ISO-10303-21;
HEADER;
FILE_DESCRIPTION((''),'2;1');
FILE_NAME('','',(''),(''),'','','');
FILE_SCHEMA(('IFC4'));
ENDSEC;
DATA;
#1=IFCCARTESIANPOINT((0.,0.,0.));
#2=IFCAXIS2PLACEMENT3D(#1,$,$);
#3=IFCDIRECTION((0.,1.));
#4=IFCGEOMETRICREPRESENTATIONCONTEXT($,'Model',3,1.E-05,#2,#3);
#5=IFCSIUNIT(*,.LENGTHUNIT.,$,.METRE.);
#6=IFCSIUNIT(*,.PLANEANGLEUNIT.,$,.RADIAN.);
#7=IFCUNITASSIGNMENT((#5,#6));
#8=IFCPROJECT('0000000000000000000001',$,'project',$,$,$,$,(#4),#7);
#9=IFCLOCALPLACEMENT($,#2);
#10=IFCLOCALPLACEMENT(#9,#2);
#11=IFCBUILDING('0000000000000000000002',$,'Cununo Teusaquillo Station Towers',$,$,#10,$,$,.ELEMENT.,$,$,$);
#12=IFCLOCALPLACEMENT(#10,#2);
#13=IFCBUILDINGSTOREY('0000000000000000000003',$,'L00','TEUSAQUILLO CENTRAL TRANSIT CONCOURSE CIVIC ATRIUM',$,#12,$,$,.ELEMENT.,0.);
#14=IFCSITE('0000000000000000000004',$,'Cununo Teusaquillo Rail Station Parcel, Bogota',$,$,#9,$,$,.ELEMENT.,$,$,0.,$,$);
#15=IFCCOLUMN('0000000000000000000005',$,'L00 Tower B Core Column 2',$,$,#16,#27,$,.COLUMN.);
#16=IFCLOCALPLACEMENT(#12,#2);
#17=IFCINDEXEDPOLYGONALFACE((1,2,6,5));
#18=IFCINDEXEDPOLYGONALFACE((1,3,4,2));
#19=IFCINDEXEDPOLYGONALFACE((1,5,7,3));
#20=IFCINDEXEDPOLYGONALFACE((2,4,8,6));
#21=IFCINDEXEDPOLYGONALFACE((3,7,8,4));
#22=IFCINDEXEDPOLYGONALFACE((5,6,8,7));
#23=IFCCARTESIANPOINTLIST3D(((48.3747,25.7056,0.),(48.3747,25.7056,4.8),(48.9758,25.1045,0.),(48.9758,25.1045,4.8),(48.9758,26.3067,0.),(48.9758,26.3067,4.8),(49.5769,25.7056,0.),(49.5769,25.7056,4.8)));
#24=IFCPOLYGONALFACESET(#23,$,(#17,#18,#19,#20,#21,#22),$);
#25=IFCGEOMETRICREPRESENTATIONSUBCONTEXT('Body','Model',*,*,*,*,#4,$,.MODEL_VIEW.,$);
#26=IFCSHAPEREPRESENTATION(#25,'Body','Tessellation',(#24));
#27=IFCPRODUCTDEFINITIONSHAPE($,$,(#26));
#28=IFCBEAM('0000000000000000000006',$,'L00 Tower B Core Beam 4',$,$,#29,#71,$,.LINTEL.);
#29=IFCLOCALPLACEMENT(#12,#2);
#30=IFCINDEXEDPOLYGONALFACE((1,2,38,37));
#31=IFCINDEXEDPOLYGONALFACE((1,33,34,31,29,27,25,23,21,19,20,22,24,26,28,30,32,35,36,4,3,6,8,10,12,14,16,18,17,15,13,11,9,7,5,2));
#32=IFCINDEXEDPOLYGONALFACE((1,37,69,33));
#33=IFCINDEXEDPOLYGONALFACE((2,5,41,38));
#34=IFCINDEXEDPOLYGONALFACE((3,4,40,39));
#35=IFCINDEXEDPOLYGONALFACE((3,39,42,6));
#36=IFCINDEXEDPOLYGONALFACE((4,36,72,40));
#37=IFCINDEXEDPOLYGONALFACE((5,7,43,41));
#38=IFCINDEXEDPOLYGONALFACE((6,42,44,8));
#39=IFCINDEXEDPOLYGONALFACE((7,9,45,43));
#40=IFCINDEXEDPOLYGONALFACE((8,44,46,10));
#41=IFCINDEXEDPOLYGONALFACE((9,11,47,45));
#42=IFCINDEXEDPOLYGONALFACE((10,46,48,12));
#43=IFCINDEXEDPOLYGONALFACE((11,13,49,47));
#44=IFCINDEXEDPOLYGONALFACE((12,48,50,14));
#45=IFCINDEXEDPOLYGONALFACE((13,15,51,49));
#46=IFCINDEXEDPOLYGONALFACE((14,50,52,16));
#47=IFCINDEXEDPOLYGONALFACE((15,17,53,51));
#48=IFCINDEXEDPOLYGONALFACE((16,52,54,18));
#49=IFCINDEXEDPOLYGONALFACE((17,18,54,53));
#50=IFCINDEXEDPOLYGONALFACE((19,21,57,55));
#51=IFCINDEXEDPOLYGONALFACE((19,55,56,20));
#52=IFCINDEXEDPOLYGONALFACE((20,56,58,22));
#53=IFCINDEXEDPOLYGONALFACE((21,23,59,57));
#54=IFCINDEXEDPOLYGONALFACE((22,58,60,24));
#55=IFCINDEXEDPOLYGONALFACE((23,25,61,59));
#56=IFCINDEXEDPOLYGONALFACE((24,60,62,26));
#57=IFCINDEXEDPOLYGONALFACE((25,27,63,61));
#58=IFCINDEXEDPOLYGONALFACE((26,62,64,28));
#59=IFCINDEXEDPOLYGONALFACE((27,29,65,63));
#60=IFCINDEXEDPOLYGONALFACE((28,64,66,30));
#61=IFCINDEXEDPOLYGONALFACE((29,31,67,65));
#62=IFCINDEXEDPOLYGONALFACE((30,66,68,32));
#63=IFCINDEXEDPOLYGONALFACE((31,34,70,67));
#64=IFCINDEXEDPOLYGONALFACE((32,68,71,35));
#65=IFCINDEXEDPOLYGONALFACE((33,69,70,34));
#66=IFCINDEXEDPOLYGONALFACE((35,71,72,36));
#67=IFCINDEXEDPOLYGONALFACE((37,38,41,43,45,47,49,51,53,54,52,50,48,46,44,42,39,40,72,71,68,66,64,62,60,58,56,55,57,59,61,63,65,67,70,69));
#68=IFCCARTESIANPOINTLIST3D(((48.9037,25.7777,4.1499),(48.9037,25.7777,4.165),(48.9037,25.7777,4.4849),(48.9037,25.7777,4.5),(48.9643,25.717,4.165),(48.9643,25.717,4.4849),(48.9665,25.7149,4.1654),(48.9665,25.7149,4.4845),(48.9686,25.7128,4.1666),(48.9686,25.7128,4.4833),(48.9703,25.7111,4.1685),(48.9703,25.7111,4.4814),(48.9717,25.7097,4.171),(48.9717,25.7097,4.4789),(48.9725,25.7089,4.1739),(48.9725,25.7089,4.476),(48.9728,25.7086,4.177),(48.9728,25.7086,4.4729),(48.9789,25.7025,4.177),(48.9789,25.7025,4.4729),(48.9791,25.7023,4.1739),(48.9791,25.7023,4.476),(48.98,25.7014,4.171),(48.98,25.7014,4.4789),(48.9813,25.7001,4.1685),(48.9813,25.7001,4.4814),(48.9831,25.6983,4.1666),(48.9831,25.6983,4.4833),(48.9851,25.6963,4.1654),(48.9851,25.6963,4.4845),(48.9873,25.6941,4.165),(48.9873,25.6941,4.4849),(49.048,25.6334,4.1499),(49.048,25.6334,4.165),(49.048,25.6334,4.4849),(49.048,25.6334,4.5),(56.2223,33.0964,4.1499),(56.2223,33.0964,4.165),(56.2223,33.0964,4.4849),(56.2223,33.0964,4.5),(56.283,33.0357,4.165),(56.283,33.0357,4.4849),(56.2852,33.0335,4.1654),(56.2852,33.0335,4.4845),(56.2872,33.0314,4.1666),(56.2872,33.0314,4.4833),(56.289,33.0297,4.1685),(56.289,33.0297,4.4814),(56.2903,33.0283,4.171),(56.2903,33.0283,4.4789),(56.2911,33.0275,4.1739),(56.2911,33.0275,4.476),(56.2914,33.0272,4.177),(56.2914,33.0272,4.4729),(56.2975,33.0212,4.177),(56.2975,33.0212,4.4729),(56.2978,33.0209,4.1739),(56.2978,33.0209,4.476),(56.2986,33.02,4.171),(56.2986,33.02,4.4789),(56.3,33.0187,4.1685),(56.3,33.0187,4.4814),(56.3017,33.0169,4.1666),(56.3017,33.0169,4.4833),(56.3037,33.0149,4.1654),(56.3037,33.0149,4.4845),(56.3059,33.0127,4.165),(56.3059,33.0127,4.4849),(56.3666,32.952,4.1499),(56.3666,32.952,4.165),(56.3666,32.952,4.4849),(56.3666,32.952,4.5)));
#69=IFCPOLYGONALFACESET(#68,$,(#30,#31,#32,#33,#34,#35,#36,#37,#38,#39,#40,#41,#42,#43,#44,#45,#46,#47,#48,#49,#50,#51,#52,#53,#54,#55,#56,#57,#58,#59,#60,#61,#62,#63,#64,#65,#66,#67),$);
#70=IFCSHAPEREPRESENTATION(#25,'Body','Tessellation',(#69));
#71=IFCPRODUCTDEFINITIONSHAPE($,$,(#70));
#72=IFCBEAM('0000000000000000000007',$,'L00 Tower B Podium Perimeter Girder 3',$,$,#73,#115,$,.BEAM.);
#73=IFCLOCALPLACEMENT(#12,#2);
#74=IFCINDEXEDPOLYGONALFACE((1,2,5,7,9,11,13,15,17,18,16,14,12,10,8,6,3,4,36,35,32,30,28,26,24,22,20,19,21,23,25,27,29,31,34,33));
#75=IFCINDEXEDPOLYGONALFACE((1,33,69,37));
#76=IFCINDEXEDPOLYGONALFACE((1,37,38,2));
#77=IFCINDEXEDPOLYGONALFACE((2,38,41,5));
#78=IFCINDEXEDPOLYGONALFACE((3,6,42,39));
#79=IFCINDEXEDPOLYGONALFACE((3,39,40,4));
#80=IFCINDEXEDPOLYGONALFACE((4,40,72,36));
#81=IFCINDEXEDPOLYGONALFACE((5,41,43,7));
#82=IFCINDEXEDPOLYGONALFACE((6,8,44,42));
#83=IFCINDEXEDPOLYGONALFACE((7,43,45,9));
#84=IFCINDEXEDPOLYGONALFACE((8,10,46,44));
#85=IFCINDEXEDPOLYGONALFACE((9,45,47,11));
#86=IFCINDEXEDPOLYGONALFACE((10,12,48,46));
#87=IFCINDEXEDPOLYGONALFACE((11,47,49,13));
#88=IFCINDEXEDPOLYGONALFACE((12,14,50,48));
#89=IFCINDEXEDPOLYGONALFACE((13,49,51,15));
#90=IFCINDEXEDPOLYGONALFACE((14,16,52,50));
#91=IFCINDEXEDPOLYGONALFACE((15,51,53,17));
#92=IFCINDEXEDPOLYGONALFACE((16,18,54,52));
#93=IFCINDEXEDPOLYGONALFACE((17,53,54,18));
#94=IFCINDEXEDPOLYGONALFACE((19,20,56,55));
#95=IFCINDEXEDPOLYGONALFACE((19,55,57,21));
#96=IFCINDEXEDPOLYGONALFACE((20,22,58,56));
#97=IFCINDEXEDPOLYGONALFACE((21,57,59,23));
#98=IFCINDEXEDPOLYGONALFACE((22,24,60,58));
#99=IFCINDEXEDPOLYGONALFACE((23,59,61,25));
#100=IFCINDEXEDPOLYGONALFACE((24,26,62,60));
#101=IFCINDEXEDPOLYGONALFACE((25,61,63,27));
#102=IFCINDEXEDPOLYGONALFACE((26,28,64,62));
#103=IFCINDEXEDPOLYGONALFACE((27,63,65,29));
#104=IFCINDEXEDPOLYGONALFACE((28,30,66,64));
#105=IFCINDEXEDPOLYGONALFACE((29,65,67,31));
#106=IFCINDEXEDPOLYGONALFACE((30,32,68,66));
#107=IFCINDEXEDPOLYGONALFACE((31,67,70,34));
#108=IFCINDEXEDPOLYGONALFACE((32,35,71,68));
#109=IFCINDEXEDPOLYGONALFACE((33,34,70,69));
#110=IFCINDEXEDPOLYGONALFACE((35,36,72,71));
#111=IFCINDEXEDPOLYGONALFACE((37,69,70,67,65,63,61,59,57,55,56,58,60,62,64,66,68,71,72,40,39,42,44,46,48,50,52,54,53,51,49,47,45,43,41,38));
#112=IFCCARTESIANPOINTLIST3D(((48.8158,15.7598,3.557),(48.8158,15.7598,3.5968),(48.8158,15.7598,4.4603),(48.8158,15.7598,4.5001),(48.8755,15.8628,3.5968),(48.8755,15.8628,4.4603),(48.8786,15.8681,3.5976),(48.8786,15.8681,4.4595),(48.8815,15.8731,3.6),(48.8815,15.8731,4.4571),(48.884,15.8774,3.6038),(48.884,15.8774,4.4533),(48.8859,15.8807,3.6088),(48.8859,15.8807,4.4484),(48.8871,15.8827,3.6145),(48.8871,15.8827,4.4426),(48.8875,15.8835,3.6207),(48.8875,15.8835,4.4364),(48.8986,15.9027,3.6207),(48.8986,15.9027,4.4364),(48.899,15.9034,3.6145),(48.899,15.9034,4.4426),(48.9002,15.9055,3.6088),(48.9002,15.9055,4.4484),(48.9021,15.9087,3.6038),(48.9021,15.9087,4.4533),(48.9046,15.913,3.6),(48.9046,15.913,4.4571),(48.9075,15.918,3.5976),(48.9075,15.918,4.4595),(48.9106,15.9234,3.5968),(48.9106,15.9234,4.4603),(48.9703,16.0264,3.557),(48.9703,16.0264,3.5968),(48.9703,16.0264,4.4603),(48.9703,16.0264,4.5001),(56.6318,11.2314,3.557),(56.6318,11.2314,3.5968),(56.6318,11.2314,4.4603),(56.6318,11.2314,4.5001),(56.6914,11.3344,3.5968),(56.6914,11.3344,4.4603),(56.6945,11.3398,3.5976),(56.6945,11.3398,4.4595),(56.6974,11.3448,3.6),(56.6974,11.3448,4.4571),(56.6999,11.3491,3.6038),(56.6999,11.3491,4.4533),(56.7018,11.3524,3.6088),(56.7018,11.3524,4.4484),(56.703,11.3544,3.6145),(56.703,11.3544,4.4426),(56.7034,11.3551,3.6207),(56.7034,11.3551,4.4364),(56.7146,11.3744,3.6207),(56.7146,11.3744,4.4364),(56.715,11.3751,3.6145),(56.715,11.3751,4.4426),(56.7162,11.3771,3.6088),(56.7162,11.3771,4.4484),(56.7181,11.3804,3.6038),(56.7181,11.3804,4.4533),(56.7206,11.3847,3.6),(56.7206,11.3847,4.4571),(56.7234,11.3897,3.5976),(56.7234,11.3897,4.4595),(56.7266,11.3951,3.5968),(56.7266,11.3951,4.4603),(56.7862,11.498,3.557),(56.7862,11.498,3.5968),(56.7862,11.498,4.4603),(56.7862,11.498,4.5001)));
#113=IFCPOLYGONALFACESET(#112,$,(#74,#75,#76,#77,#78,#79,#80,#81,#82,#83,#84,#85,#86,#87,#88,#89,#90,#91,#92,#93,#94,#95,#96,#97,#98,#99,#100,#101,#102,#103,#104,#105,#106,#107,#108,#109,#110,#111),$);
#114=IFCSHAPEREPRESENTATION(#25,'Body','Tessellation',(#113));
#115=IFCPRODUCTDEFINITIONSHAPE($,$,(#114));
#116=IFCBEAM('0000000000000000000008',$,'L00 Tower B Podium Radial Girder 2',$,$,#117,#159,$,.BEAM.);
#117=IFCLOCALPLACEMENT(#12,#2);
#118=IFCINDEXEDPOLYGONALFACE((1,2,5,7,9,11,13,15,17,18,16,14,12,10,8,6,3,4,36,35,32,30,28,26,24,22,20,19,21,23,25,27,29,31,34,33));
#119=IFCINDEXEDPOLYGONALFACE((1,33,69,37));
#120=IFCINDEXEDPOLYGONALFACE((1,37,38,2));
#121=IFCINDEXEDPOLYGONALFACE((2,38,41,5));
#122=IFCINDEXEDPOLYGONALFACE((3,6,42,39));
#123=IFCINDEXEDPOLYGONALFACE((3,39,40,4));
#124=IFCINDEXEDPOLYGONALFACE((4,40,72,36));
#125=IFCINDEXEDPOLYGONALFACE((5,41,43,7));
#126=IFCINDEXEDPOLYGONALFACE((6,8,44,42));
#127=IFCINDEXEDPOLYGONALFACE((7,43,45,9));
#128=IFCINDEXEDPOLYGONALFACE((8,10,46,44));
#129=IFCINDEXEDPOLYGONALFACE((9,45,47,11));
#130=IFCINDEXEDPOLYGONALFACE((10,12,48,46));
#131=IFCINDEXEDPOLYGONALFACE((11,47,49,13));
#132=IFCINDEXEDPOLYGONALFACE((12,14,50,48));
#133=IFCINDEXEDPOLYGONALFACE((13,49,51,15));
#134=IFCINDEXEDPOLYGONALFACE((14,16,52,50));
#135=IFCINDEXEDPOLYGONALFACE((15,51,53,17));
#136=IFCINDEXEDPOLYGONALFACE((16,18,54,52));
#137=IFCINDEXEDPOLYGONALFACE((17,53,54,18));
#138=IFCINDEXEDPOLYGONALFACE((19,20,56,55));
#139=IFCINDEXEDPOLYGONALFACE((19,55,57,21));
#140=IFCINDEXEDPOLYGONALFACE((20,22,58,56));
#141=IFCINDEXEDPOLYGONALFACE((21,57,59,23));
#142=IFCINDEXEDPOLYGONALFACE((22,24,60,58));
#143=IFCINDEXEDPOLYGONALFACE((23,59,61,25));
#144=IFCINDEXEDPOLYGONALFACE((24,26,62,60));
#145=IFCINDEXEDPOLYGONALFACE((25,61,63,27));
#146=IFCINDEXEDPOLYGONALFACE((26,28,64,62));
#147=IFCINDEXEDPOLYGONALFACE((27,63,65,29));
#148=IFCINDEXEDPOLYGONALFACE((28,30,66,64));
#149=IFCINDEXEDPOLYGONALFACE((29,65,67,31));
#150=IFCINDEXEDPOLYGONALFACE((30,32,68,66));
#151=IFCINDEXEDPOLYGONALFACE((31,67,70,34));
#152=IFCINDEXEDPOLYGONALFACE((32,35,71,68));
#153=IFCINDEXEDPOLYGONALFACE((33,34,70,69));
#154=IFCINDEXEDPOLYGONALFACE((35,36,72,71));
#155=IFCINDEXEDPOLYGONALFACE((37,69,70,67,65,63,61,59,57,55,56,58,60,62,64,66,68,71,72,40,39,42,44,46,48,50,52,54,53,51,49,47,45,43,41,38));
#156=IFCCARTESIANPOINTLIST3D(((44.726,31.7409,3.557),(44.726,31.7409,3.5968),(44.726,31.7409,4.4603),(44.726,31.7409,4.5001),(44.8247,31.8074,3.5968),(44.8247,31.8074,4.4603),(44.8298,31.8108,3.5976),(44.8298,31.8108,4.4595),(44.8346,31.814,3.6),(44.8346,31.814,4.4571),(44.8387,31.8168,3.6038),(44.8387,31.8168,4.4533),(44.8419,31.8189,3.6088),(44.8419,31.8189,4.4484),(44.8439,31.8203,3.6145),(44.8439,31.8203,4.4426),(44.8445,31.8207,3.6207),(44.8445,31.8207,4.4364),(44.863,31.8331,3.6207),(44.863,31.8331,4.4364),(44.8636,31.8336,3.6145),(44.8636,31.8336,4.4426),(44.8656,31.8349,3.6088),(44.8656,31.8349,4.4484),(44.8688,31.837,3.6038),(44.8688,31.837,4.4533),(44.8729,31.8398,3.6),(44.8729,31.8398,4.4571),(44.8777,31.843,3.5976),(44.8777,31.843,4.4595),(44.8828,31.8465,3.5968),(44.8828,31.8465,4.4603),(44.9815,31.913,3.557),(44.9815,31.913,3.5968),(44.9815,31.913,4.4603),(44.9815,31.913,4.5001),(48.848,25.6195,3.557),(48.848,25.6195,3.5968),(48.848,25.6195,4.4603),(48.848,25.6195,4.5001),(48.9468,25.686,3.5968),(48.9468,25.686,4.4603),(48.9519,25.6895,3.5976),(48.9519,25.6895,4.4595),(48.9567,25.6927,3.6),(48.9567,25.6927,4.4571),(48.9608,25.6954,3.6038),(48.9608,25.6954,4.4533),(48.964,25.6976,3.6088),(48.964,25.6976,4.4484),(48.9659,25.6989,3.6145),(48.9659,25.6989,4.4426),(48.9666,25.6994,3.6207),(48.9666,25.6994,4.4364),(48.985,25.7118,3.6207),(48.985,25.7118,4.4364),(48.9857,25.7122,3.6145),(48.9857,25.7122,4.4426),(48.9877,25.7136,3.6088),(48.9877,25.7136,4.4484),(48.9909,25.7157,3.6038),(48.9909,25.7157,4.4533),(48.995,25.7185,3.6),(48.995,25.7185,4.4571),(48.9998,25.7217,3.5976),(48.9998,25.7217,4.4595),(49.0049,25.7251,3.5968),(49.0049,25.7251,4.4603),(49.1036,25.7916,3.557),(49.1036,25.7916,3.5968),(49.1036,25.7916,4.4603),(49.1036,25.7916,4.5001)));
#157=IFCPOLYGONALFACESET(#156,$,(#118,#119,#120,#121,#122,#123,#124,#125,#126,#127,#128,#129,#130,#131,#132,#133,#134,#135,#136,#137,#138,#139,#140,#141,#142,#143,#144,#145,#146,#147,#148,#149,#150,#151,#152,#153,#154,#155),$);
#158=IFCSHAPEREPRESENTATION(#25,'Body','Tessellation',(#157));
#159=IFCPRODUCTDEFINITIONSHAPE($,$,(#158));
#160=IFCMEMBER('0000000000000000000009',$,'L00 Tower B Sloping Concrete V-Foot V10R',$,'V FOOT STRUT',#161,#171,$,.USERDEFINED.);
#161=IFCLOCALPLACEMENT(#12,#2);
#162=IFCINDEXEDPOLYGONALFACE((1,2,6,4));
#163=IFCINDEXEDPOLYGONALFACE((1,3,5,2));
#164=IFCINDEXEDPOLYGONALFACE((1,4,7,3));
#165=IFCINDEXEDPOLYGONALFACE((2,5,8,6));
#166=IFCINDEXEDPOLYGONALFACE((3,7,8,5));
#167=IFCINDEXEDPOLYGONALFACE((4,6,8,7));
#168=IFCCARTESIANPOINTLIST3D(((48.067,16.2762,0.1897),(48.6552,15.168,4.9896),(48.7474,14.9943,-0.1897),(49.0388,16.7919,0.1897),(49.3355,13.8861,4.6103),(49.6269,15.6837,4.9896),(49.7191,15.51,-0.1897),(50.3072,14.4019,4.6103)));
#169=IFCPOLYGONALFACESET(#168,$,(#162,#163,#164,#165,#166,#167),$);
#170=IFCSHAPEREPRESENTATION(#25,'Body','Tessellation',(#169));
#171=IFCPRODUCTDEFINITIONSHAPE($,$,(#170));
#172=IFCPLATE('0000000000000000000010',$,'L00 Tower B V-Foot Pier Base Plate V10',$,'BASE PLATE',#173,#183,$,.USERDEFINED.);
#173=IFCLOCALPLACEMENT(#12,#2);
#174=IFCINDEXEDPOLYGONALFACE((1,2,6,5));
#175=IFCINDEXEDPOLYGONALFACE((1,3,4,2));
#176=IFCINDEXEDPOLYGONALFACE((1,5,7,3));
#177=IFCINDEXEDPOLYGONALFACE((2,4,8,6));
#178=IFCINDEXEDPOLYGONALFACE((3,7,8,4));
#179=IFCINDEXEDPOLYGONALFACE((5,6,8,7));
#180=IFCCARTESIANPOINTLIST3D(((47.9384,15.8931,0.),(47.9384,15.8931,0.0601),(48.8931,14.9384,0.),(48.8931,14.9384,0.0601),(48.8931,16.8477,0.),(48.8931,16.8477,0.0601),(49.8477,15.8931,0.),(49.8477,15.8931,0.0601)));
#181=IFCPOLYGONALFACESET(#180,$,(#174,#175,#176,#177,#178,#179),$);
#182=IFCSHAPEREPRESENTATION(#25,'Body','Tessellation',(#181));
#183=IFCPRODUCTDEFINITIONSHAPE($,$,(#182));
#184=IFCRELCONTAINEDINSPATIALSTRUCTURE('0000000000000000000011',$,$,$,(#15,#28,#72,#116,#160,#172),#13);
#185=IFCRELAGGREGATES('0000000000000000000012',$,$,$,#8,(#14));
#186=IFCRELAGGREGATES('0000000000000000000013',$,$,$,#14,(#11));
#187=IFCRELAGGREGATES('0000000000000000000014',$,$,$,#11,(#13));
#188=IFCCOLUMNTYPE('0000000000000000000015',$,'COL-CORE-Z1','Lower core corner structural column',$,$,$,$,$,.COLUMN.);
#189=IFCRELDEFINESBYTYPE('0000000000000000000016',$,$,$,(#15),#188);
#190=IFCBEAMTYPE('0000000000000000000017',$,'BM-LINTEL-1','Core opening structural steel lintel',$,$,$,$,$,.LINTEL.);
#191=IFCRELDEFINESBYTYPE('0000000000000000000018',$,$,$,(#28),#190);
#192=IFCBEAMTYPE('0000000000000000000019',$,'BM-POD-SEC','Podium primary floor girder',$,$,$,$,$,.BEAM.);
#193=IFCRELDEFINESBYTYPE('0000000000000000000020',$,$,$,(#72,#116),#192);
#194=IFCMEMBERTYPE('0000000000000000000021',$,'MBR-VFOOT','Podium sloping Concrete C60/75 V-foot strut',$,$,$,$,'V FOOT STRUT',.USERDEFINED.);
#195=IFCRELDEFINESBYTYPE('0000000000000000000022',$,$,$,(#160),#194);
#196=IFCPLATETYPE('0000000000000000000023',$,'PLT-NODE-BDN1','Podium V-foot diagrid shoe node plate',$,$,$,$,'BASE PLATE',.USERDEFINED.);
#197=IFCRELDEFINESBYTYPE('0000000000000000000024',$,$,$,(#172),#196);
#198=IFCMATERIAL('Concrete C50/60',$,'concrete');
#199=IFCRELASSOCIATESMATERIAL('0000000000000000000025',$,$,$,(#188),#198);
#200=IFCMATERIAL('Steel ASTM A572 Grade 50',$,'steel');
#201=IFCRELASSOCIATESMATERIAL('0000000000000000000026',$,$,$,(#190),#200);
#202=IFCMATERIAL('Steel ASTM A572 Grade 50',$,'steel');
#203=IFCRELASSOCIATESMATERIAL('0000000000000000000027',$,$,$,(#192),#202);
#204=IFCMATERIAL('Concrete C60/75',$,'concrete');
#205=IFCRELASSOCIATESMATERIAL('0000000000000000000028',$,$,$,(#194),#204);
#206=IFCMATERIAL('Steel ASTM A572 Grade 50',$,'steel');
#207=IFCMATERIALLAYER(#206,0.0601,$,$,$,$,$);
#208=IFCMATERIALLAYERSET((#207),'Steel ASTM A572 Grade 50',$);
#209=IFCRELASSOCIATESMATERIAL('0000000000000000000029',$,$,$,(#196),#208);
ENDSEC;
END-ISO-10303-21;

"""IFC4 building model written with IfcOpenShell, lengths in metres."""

from ifc_helpers import new_model, si_unit, direction, frame, origin, origin_2d, place, context, subcontext, project, spatial, rectangle, i_section, extrude, source, transform, mapped, material, layer, layer_set, material_profile, profile_set, type_object, element, save


model = new_model("IFC4")

# Units and contexts
model_context = context("Model", 3, precision=1e-05, world=origin(), true_north=direction((0.0, 1.0)))
body_context = subcontext(model_context, "Body", "Model", "MODEL_VIEW")
ifc_project = project(units=[si_unit("LENGTHUNIT", "METRE"), si_unit("PLANEANGLEUNIT", "RADIAN")], contexts=[model_context])

# Site, building, storey
site_placement = place(None, origin())
site = spatial("IfcSite", under=ifc_project, at=site_placement, Name="Cununo Teusaquillo Rail Station Parcel, Bogota", CompositionType="ELEMENT", RefElevation=0.0)
building_placement = place(site_placement, origin())
building = spatial("IfcBuilding", under=site, at=building_placement, Name="Cununo Teusaquillo Station Towers", CompositionType="ELEMENT")
storey_placement = place(building_placement, origin())
storey = spatial("IfcBuildingStorey", under=building, at=storey_placement, Name="L00", Description="TEUSAQUILLO CENTRAL TRANSIT CONCOURSE CIVIC ATRIUM", CompositionType="ELEMENT", Elevation=0.0)

# Column
ifc_material_1 = material(Name="Concrete C50/60", Category="concrete")
ifc_material_profile_1 = material_profile(ifc_material_1, rectangle(XDim=0.8501, YDim=0.8501, at=origin_2d()), Name="RC-RECT-850x850")
ifc_profile_set_1 = profile_set([ifc_material_profile_1], Name="Concrete C50/60")
column_type = type_object("IfcColumnType", Name="COL-CORE-Z1", Description="Lower core corner structural column", PredefinedType="COLUMN", material=ifc_profile_set_1)
column_placement = place(storey_placement, frame((48.9758, 25.7056, 0.0), z_axis=(0.0, 0.0, 1.0), x_axis=(0.707107, 0.707107, 0.0)))
element("IfcColumn", 1, at=column_placement, inside=storey, type_object=column_type, Name="L00 Tower B Core Column 2", PredefinedType="COLUMN", context=body_context, shape_type="SweptSolid", body=[
    extrude(rectangle(XDim=0.8501, YDim=0.8501, at=origin_2d()), origin(), (0.0, 0.0, 1.0), 4.8),
])

# Beams
ifc_material_2 = material(Name="Steel ASTM A572 Grade 50", Category="steel")
ifc_material_profile_2 = material_profile(ifc_material_2, i_section(OverallWidth=0.2041, OverallDepth=0.3501, WebThickness=0.0085, FlangeThickness=0.0151, FilletRadius=0.012, at=origin_2d()), Name="W14X48")
ifc_profile_set_2 = profile_set([ifc_material_profile_2], Name="Steel ASTM A572 Grade 50")
beam_type_1 = type_object("IfcBeamType", Name="BM-LINTEL-1", Description="Core opening structural steel lintel", PredefinedType="LINTEL", material=ifc_profile_set_2)
beam_1_placement = place(storey_placement, frame((48.9758, 25.7056, 4.325), z_axis=(0.707107, 0.707107, 0.0), x_axis=(-0.707107, 0.707107, 0.0)))
element("IfcBeam", 2, at=beam_1_placement, inside=storey, type_object=beam_type_1, Name="L00 Tower B Core Beam 4", PredefinedType="LINTEL", context=body_context, shape_type="SweptSolid", body=[
    extrude(i_section(OverallWidth=0.2041, OverallDepth=0.3501, WebThickness=0.0085, FlangeThickness=0.0151, FilletRadius=0.012, at=origin_2d()), origin(), (0.0, 0.0, 1.0), 10.3501),
])
ifc_material_3 = material(Name="Steel ASTM A572 Grade 50", Category="steel")
ifc_material_profile_3 = material_profile(ifc_material_3, i_section(OverallWidth=0.3081, OverallDepth=0.9431, WebThickness=0.0222, FlangeThickness=0.0398, FilletRadius=0.0239, at=origin_2d()), Name="W36X232")
ifc_profile_set_3 = profile_set([ifc_material_profile_3], Name="Steel ASTM A572 Grade 50")
beam_type_2 = type_object("IfcBeamType", Name="BM-POD-SEC", Description="Podium primary floor girder", PredefinedType="BEAM", material=ifc_profile_set_3)
beam_2_placement = place(storey_placement, frame((48.8931, 15.8931, 4.0286), z_axis=(0.865267, -0.501311, 0.0), x_axis=(0.501311, 0.865267, 0.0)))
element("IfcBeam", 3, at=beam_2_placement, inside=storey, type_object=beam_type_2, Name="L00 Tower B Podium Perimeter Girder 3", PredefinedType="BEAM", context=body_context, shape_type="SweptSolid", body=[
    extrude(i_section(OverallWidth=0.3081, OverallDepth=0.9431, WebThickness=0.0222, FlangeThickness=0.0398, FilletRadius=0.0239, at=origin_2d()), origin(), (0.0, 0.0, 1.0), 9.033),
])
beam_3_placement = place(storey_placement, frame((48.9758, 25.7056, 4.0286), z_axis=(-0.558557, 0.829466, 0.0), x_axis=(-0.829466, -0.558557, 0.0)))
element("IfcBeam", 4, at=beam_3_placement, inside=storey, type_object=beam_type_2, Name="L00 Tower B Podium Radial Girder 2", PredefinedType="BEAM", context=body_context, shape_type="SweptSolid", body=[
    extrude(i_section(OverallWidth=0.3081, OverallDepth=0.9431, WebThickness=0.0222, FlangeThickness=0.0398, FilletRadius=0.0239, at=origin_2d()), origin(), (0.0, 0.0, 1.0), 7.3799),
])

# Member
ifc_material_4 = material(Name="Concrete C60/75", Category="concrete")
ifc_material_profile_4 = material_profile(ifc_material_4, rectangle(XDim=1.1001, YDim=1.5, at=origin_2d()), Name="RC-RECT-1500x1100")
ifc_profile_set_4 = profile_set([ifc_material_profile_4], Name="Concrete C60/75")
member_type = type_object("IfcMemberType", Name="MBR-VFOOT", Description="Podium sloping Concrete C60/75 V-foot strut", ElementType="V FOOT STRUT", PredefinedType="USERDEFINED", material=ifc_profile_set_4)
member_placement = place(storey_placement, frame((48.8931, 15.8931, 0.0), z_axis=(0.118545, -0.22336, 0.967501), x_axis=(0.883305, 0.468799, 0.0)))
element("IfcMember", 5, at=member_placement, inside=storey, type_object=member_type, Name="L00 Tower B Sloping Concrete V-Foot V10R", ObjectType="V FOOT STRUT", PredefinedType="USERDEFINED", context=body_context, shape_type="SweptSolid", body=[
    extrude(rectangle(XDim=1.1001, YDim=1.5, at=origin_2d()), origin(), (0.0, 0.0, 1.0), 4.9612),
])

# Plate
ifc_material_5 = material(Name="Steel ASTM A572 Grade 50", Category="steel")
ifc_layer_1 = layer(ifc_material_5, 0.0601)
ifc_layer_set_1 = layer_set([ifc_layer_1], Name="Steel ASTM A572 Grade 50")
plate_type = type_object("IfcPlateType", Name="PLT-NODE-BDN1", Description="Podium V-foot diagrid shoe node plate", ElementType="BASE PLATE", PredefinedType="USERDEFINED", material=ifc_layer_set_1)
shared_shape_1 = source(origin(), body_context, "Body", "SweptSolid", [
    extrude(rectangle(XDim=1.3501, YDim=1.3501, at=origin_2d()), origin(), (0.0, 0.0, 1.0), 0.0601),
])
plate_placement = place(storey_placement, frame((48.8931, 15.8931, 0.0), z_axis=(0.0, 0.0, 1.0), x_axis=(0.707107, 0.707107, 0.0)))
element("IfcPlate", 6, at=plate_placement, inside=storey, type_object=plate_type, Name="L00 Tower B V-Foot Pier Base Plate V10", ObjectType="BASE PLATE", PredefinedType="USERDEFINED", context=body_context, shape_type="MappedRepresentation", body=[
    mapped(shared_shape_1, transform((0.0, 0.0, 0.0), x_axis=(1.0, 0.0, 0.0), y_axis=(0.0, 1.0, 0.0), z_axis=(0.0, 0.0, 1.0), scale=1.0)),
])

save(model, "model.ifc")
